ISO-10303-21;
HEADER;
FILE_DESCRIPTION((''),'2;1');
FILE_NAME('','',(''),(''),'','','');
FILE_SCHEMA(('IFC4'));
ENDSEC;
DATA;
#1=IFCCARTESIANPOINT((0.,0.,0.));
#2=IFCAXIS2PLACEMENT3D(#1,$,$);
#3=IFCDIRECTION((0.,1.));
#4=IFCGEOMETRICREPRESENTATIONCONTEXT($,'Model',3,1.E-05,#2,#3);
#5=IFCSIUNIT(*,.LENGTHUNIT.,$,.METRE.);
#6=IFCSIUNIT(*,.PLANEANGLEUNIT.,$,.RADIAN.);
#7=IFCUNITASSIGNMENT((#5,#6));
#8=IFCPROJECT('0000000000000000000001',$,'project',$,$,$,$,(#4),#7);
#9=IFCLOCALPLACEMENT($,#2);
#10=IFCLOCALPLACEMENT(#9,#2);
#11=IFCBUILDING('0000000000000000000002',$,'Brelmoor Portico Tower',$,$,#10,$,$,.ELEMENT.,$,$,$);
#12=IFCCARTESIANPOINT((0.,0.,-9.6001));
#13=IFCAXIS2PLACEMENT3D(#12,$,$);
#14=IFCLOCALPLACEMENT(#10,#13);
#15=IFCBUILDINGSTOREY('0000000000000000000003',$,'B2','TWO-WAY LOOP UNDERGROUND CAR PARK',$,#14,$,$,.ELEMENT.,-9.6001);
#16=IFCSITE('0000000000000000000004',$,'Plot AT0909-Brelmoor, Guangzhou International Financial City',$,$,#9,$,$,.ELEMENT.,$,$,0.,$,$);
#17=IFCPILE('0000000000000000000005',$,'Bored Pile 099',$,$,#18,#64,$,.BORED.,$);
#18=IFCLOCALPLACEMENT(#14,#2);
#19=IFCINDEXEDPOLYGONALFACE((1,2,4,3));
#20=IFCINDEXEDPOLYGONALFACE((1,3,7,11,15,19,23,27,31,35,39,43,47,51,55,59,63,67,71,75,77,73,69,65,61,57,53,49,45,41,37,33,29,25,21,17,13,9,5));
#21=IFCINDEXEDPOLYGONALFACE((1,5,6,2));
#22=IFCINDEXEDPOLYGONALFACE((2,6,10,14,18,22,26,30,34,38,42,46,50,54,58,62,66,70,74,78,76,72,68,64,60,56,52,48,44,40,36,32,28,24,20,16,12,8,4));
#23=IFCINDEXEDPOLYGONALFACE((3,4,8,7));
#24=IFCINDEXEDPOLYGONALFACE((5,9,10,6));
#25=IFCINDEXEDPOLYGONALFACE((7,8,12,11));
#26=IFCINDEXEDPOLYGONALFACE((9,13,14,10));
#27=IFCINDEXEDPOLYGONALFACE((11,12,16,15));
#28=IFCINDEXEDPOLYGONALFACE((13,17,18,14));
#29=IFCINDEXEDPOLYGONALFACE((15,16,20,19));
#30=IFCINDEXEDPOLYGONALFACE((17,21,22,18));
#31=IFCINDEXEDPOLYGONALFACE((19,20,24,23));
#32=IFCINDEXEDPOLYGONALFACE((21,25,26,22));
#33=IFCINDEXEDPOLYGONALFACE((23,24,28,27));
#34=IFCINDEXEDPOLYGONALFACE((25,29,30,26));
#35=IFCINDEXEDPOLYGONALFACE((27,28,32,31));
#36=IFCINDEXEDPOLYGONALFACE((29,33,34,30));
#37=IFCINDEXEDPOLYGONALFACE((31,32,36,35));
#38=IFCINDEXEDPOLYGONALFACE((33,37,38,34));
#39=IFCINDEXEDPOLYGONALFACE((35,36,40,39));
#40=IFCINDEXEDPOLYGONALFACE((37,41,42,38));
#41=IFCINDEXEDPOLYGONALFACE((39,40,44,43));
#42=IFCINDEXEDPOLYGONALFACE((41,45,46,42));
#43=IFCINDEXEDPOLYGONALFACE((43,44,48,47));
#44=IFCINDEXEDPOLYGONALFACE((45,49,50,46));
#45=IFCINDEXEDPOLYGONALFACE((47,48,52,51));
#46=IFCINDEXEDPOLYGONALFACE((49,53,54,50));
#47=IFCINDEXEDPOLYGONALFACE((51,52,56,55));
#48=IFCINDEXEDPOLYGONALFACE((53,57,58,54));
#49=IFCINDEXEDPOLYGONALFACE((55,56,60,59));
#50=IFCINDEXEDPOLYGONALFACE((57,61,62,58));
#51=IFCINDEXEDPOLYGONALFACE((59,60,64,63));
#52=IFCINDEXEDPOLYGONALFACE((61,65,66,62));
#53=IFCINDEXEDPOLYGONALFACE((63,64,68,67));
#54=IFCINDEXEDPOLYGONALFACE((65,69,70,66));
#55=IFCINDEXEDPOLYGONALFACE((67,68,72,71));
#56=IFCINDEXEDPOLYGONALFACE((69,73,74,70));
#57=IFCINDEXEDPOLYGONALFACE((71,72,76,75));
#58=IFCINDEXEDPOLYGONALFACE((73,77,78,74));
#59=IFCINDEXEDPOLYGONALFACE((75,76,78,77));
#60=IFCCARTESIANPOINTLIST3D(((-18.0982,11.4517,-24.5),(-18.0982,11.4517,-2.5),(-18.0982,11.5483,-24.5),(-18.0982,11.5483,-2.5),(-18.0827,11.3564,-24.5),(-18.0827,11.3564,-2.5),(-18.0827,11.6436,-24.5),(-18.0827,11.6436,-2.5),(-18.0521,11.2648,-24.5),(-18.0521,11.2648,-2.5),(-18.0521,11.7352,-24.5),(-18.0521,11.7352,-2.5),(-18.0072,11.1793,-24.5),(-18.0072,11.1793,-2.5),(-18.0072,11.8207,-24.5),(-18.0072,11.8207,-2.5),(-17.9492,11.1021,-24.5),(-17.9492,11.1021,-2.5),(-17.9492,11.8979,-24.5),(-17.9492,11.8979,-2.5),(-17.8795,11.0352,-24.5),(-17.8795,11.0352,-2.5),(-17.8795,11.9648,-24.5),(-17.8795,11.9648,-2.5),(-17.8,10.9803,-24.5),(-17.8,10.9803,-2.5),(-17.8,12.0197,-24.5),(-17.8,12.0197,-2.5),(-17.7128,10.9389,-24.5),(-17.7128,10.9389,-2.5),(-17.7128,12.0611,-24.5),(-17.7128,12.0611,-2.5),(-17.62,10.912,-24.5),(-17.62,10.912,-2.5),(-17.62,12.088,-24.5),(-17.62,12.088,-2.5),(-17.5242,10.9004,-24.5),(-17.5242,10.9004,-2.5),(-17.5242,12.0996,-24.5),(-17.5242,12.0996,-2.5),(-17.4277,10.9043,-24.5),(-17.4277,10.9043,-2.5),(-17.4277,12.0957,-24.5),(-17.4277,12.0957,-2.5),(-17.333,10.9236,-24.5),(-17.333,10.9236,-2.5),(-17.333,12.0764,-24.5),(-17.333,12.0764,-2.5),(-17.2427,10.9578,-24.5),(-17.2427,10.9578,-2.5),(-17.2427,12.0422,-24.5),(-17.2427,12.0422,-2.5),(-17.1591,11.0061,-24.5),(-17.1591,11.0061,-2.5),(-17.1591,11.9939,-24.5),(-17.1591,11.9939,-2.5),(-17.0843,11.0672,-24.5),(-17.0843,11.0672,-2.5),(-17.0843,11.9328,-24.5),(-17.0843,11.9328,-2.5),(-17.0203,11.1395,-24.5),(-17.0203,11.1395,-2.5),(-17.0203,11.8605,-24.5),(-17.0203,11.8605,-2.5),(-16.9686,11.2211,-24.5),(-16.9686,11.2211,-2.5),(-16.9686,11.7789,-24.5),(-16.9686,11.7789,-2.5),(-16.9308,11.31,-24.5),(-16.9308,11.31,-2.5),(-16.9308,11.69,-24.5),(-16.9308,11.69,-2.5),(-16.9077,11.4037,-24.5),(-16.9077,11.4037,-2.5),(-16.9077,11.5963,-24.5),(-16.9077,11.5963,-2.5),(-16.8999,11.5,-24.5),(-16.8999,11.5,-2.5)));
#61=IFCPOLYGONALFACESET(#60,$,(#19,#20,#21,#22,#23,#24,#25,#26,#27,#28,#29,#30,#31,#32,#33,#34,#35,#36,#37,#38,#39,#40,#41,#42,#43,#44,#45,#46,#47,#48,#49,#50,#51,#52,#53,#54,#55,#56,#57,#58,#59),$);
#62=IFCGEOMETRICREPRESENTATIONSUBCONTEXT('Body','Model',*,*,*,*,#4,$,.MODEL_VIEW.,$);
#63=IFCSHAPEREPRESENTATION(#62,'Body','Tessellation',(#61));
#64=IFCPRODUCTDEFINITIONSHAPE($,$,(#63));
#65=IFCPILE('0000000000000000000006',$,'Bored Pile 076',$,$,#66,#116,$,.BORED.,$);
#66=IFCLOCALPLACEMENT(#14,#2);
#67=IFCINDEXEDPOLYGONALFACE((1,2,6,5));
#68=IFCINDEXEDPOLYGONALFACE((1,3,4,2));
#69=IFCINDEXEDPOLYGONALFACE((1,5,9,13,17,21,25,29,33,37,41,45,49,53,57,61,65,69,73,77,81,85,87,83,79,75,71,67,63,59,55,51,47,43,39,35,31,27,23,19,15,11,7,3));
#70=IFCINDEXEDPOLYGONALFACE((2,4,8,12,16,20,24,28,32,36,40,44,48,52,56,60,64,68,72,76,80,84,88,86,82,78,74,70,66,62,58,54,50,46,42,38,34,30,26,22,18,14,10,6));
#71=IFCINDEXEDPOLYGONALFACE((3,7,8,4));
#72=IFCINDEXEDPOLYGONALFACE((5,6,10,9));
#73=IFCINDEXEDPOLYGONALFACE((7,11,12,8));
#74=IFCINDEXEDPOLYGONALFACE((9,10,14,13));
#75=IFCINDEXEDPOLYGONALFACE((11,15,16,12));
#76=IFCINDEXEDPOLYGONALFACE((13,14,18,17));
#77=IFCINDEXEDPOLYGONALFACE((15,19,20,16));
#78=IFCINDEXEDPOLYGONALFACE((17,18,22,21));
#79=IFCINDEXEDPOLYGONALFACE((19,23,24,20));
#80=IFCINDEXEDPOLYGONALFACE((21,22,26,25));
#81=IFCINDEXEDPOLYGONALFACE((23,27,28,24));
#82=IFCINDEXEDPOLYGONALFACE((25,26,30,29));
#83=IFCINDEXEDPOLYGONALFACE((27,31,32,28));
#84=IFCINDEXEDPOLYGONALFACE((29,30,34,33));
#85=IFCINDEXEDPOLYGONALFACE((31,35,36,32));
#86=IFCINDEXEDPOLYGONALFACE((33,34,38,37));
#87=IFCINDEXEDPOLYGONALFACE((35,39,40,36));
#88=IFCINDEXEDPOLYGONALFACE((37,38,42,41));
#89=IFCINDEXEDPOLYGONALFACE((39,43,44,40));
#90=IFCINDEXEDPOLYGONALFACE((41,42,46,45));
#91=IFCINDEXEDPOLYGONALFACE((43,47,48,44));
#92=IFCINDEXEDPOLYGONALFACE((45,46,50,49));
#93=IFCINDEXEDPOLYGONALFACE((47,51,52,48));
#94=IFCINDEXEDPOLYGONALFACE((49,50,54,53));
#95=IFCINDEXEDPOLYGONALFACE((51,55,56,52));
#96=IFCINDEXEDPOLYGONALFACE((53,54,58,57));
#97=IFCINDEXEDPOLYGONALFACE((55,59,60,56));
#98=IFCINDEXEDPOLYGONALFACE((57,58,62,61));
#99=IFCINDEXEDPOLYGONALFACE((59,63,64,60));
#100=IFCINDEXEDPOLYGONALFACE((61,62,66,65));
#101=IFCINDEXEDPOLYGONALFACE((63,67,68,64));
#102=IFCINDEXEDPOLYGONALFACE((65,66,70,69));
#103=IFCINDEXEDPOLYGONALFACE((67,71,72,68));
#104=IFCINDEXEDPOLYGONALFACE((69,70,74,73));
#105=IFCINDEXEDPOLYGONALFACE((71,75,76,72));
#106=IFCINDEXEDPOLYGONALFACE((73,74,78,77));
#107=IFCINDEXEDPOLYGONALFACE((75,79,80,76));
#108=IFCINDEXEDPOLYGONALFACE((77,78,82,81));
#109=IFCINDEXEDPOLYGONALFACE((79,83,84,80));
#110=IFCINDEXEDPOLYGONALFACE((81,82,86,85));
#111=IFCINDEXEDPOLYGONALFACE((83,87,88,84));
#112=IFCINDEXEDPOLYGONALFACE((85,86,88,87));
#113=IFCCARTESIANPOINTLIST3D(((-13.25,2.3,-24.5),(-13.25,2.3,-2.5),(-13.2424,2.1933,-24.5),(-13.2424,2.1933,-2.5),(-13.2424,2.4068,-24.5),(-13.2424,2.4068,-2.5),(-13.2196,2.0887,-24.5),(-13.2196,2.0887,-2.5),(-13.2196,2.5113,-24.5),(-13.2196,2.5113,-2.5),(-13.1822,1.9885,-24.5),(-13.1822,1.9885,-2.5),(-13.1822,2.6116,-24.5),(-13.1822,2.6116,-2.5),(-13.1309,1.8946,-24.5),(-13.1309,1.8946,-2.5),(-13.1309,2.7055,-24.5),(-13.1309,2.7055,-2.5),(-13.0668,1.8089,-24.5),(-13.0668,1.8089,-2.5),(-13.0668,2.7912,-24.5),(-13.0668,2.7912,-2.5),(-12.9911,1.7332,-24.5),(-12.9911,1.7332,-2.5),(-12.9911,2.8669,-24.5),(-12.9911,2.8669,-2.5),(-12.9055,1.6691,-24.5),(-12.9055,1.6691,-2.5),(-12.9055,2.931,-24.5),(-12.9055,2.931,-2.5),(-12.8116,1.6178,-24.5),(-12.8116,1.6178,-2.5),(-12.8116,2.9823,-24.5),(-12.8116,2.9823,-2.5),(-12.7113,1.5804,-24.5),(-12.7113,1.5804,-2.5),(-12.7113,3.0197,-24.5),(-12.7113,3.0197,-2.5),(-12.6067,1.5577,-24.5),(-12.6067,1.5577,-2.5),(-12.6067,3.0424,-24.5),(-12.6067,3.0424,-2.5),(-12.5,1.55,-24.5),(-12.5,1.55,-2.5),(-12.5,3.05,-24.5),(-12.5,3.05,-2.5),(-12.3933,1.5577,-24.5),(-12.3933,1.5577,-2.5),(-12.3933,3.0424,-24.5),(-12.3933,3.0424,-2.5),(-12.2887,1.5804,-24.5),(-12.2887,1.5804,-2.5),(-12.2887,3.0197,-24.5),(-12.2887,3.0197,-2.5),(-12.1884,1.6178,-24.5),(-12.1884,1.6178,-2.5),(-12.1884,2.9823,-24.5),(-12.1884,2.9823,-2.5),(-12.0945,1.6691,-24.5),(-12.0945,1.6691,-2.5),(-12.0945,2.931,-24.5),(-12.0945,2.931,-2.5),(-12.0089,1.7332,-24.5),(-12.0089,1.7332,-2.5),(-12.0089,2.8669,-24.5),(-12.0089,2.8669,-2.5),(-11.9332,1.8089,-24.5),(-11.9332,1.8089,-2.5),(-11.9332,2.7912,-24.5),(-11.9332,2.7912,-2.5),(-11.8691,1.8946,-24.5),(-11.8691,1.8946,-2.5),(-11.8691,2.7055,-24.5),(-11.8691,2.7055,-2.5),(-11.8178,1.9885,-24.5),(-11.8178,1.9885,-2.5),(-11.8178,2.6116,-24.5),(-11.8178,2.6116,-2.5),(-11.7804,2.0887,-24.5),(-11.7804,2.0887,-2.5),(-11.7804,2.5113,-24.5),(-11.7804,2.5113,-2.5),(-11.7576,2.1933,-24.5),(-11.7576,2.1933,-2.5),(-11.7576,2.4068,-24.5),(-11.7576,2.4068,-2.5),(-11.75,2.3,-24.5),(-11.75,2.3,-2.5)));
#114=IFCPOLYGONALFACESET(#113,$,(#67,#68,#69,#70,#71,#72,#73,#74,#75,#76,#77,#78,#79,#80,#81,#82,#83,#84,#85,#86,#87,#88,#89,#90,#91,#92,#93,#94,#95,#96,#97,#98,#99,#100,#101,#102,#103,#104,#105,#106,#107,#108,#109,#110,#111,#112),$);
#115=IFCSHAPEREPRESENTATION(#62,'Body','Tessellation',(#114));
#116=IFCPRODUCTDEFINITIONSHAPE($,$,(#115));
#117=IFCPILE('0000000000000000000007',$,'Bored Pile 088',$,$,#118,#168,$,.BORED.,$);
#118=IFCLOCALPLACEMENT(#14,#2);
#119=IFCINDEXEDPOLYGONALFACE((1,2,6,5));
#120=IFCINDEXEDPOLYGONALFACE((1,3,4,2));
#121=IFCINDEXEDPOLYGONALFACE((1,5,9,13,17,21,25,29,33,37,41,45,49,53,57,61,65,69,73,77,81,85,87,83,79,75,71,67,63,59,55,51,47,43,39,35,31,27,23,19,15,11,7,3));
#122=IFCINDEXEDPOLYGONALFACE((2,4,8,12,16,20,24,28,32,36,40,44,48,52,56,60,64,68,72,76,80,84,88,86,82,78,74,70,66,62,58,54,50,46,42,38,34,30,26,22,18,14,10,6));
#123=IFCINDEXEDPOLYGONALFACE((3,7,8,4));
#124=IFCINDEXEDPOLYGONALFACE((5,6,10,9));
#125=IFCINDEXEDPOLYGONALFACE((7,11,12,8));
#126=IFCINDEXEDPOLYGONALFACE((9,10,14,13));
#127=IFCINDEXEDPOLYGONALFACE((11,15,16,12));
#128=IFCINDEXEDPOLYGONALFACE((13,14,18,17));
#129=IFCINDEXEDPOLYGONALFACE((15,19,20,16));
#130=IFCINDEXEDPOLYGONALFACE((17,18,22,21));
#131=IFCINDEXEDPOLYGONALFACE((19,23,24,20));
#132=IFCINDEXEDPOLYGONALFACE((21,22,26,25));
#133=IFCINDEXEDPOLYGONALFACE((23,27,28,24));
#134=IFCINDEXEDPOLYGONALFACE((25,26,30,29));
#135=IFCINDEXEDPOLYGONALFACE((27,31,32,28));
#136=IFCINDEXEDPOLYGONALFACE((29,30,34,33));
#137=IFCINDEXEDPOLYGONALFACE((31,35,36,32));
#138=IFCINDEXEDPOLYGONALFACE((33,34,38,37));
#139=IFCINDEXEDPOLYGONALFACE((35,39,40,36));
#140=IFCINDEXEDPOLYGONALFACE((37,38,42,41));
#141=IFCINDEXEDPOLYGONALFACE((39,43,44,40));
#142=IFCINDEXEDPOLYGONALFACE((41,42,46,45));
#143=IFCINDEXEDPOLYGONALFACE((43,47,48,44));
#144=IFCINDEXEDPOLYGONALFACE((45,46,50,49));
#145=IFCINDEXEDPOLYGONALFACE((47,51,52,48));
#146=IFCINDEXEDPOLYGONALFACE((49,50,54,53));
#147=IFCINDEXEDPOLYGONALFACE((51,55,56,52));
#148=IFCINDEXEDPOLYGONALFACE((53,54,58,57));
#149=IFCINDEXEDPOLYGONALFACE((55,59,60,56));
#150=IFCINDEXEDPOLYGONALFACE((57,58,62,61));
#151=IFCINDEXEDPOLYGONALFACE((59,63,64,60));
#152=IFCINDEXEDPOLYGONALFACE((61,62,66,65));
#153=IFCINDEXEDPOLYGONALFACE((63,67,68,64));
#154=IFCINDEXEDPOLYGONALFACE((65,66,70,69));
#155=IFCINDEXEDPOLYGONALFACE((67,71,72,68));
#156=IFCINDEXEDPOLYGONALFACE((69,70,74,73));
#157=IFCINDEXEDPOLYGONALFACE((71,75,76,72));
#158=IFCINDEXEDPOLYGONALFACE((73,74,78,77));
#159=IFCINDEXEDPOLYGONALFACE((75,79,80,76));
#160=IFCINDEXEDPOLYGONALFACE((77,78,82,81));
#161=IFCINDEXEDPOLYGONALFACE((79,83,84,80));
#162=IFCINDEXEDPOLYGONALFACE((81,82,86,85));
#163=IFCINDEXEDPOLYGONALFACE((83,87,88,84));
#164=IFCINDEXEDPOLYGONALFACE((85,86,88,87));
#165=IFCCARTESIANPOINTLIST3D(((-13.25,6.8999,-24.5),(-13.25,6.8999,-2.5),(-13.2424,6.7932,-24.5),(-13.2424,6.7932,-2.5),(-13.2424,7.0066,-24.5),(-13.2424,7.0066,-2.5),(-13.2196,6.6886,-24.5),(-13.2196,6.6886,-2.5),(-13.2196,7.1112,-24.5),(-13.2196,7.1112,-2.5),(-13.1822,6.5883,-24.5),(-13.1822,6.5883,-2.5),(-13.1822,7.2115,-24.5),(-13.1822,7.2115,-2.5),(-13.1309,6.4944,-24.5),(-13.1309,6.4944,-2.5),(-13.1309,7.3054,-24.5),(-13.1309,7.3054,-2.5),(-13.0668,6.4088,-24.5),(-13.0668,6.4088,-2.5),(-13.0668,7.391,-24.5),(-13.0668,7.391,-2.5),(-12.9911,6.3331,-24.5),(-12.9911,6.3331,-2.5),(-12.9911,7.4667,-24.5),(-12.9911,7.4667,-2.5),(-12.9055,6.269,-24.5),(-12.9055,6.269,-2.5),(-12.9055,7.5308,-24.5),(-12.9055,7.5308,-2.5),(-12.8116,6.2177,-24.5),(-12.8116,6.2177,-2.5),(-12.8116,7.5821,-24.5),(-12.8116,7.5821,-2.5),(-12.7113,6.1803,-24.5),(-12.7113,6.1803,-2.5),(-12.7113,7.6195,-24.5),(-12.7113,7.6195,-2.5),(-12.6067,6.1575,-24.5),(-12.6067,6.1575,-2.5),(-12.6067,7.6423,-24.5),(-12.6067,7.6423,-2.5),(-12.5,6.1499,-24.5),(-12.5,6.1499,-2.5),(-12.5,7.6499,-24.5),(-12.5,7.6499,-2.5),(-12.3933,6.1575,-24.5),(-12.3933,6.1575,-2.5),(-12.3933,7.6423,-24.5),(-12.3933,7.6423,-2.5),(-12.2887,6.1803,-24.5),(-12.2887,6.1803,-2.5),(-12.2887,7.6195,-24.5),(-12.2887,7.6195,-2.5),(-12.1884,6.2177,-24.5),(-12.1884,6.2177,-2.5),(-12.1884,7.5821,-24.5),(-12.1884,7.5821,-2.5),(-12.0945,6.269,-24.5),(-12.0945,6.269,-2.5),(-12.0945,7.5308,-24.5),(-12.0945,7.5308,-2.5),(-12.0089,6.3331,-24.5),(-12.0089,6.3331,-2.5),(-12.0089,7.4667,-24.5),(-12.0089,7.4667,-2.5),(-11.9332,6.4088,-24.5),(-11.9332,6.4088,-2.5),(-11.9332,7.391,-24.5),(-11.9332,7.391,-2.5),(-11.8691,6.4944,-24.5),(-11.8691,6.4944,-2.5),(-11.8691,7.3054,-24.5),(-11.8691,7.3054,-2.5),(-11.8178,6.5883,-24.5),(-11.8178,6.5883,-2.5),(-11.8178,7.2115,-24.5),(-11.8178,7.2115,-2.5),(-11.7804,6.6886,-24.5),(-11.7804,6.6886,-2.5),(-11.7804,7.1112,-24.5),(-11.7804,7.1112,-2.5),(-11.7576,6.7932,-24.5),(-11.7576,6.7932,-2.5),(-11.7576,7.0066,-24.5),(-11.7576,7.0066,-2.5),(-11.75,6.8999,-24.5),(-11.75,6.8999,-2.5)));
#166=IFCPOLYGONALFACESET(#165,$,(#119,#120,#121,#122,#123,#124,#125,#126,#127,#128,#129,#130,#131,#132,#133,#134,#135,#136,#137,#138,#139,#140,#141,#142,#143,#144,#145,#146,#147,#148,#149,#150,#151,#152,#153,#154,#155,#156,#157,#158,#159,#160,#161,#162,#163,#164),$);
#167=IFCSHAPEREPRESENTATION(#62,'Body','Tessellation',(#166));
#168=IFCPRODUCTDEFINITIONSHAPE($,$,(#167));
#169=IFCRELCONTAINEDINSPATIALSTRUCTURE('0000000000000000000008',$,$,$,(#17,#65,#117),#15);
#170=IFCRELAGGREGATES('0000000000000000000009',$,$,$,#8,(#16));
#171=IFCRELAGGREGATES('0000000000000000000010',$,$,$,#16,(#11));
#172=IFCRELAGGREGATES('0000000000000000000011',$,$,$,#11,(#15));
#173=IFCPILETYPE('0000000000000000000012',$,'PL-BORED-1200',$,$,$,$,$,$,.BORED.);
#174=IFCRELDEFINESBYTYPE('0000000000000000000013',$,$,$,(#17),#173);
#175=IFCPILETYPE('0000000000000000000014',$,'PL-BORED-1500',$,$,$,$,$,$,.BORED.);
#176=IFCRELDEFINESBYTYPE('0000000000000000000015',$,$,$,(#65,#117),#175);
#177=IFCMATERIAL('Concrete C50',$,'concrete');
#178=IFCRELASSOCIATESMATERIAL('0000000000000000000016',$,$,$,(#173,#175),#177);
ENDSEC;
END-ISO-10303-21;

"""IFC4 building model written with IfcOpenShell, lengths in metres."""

from ifc_helpers import new_model, si_unit, direction, frame, origin, origin_2d, place, context, subcontext, project, spatial, circle, extrude, material, material_profile, profile_set, type_object, element, save


model = new_model("IFC4")

# Units and contexts
model_context = context("Model", 3, precision=1e-05, world=origin(), true_north=direction((0.0, 1.0)))
body_context = subcontext(model_context, "Body", "Model", "MODEL_VIEW")
ifc_project = project(units=[si_unit("LENGTHUNIT", "METRE"), si_unit("PLANEANGLEUNIT", "RADIAN")], contexts=[model_context])

# Site, building, storey
site_placement = place(None, origin())
site = spatial("IfcSite", under=ifc_project, at=site_placement, Name="Plot AT0909-Brelmoor, Guangzhou International Financial City", CompositionType="ELEMENT", RefElevation=0.0)
building_placement = place(site_placement, origin())
building = spatial("IfcBuilding", under=site, at=building_placement, Name="Brelmoor Portico Tower", CompositionType="ELEMENT")
storey_placement = place(building_placement, frame((0.0, 0.0, -9.6001)))
storey = spatial("IfcBuildingStorey", under=building, at=storey_placement, Name="B2", Description="TWO-WAY LOOP UNDERGROUND CAR PARK", CompositionType="ELEMENT", Elevation=-9.6001)

# Piles
ifc_material_1 = material(Name="Concrete C50", Category="concrete")
ifc_material_profile_1 = material_profile(ifc_material_1, circle(Radius=0.6001, at=origin_2d()), Name="BORED PILE D1200")
ifc_profile_set_1 = profile_set([ifc_material_profile_1], Name="Concrete C50")
pile_type_1 = type_object("IfcPileType", Name="PL-BORED-1200", PredefinedType="BORED", material=ifc_profile_set_1)
for number, where, z_axis, x_axis, name in (
    (1, (-17.5, 11.5, -2.5), (0.0, 0.0, -1.0), (1.0, 0.0, 0.0), "Bored Pile 099"),
):
    element("IfcPile", number, at=place(storey_placement, frame(where, z_axis=z_axis, x_axis=x_axis)), inside=storey, type_object=pile_type_1, Name=name, PredefinedType="BORED", context=body_context, shape_type="SweptSolid", body=[
        extrude(circle(Radius=0.6001, at=origin_2d()), origin(), (0.0, 0.0, 1.0), 22.0),
    ])
ifc_material_profile_2 = material_profile(ifc_material_1, circle(Radius=0.75, at=origin_2d()), Name="BORED PILE D1500")
ifc_profile_set_2 = profile_set([ifc_material_profile_2], Name="Concrete C50")
pile_type_2 = type_object("IfcPileType", Name="PL-BORED-1500", PredefinedType="BORED", material=ifc_profile_set_2)
for number, where, z_axis, x_axis, name in (
    (2, (-12.5, 2.3, -2.5), (0.0, 0.0, -1.0), (1.0, 0.0, 0.0), "Bored Pile 076"),
    (3, (-12.5, 6.8999, -2.5), (0.0, 0.0, -1.0), (1.0, 0.0, 0.0), "Bored Pile 088"),
):
    element("IfcPile", number, at=place(storey_placement, frame(where, z_axis=z_axis, x_axis=x_axis)), inside=storey, type_object=pile_type_2, Name=name, PredefinedType="BORED", context=body_context, shape_type="SweptSolid", body=[
        extrude(circle(Radius=0.75, at=origin_2d()), origin(), (0.0, 0.0, 1.0), 22.0),
    ])

save(model, "model.ifc")
